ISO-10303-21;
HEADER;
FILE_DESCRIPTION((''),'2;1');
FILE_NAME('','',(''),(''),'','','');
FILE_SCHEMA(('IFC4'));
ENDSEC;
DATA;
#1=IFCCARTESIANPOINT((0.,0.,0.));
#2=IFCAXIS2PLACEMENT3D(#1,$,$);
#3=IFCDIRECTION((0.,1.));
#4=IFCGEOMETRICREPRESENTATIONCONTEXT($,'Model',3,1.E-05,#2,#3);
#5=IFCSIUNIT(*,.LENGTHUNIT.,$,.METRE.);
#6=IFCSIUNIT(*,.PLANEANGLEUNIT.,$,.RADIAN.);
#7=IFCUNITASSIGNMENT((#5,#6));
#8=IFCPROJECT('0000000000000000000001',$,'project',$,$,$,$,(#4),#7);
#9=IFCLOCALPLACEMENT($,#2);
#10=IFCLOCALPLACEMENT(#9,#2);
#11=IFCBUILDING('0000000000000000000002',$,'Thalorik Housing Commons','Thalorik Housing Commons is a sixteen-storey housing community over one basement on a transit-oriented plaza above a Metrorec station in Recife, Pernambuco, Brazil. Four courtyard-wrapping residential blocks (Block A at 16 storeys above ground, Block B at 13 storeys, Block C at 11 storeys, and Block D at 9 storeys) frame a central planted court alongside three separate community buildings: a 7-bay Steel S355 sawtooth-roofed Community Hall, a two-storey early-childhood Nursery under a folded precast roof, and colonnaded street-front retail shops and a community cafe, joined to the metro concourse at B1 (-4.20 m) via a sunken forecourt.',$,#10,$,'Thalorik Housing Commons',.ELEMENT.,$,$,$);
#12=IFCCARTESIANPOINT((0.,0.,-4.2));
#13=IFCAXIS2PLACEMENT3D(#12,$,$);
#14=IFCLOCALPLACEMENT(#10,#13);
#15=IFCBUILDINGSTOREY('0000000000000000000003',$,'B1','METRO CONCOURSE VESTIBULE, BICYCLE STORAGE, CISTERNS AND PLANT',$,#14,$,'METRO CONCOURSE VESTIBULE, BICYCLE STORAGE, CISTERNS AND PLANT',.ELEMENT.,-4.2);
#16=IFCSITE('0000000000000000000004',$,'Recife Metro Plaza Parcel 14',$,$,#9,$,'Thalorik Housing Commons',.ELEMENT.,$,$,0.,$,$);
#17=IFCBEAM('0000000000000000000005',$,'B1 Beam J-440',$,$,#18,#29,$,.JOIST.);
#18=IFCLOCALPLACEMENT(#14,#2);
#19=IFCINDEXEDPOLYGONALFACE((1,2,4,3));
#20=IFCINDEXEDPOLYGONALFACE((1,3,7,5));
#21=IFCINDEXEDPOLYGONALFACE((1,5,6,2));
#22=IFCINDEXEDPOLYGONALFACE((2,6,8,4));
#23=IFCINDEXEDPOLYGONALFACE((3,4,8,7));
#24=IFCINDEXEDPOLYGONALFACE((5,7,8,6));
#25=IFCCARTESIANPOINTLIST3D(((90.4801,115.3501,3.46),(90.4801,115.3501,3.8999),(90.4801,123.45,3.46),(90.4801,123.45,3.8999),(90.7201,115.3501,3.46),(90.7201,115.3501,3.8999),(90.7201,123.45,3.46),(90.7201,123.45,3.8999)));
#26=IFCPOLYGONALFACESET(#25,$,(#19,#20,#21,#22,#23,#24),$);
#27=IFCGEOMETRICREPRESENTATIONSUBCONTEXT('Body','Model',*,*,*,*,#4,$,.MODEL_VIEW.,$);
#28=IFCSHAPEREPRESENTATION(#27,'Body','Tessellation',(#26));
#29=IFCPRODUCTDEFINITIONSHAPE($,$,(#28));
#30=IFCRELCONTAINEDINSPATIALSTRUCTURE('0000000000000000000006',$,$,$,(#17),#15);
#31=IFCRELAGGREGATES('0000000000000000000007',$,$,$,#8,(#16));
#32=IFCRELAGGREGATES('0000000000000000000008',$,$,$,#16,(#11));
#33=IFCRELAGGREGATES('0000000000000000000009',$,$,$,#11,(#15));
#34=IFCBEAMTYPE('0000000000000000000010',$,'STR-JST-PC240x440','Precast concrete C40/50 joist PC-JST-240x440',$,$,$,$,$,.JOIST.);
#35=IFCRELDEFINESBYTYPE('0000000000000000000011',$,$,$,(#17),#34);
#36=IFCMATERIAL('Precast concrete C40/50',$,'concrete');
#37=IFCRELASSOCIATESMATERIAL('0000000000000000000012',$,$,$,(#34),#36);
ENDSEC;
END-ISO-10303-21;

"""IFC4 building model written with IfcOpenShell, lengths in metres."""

from ifc_helpers import new_model, si_unit, direction, frame, origin, origin_2d, place, context, subcontext, project, spatial, rectangle, extrude, material, material_profile, profile_set, type_object, element, save


model = new_model("IFC4")

# Units and contexts
model_context = context("Model", 3, precision=1e-05, world=origin(), true_north=direction((0.0, 1.0)))
body_context = subcontext(model_context, "Body", "Model", "MODEL_VIEW")
ifc_project = project(units=[si_unit("LENGTHUNIT", "METRE"), si_unit("PLANEANGLEUNIT", "RADIAN")], contexts=[model_context])

# Site, building, storey
site_placement = place(None, origin())
site = spatial("IfcSite", under=ifc_project, at=site_placement, Name="Recife Metro Plaza Parcel 14", LongName="Thalorik Housing Commons", CompositionType="ELEMENT", RefElevation=0.0)
building_placement = place(site_placement, origin())
building = spatial("IfcBuilding", under=site, at=building_placement, Name="Thalorik Housing Commons", Description="Thalorik Housing Commons is a sixteen-storey housing community over one basement on a transit-oriented plaza above a Metrorec station in Recife, Pernambuco, Brazil. Four courtyard-wrapping residential blocks (Block A at 16 storeys above ground, Block B at 13 storeys, Block C at 11 storeys, and Block D at 9 storeys) frame a central planted court alongside three separate community buildings: a 7-bay Steel S355 sawtooth-roofed Community Hall, a two-storey early-childhood Nursery under a folded precast roof, and colonnaded street-front retail shops and a community cafe, joined to the metro concourse at B1 (-4.20 m) via a sunken forecourt.", LongName="Thalorik Housing Commons", CompositionType="ELEMENT")
storey_placement = place(building_placement, frame((0.0, 0.0, -4.2)))
storey = spatial("IfcBuildingStorey", under=building, at=storey_placement, Name="B1", Description="METRO CONCOURSE VESTIBULE, BICYCLE STORAGE, CISTERNS AND PLANT", LongName="METRO CONCOURSE VESTIBULE, BICYCLE STORAGE, CISTERNS AND PLANT", CompositionType="ELEMENT", Elevation=-4.2)

# Shared definitions
ifc_material_1 = material(Name="Precast concrete C40/50", Category="concrete")

# Beam
ifc_material_profile_1 = material_profile(ifc_material_1, rectangle(XDim=0.24, YDim=0.4399, at=origin_2d()), Name="PC JST 240x440", Category="concrete")
ifc_profile_set_1 = profile_set([ifc_material_profile_1], Name="Precast concrete C40/50")
beam_type_1 = type_object("IfcBeamType", Name="STR-JST-PC240x440", Description="Precast concrete C40/50 joist PC-JST-240x440", PredefinedType="JOIST", material=ifc_profile_set_1)
beam_1_placement = place(storey_placement, frame((90.6001, 115.3501, 3.6799), z_axis=(0.0, 1.0, 0.0), x_axis=(-1.0, 0.0, 0.0)))
element("IfcBeam", 1, at=beam_1_placement, inside=storey, type_object=beam_type_1, Name="B1 Beam J-440", PredefinedType="JOIST", context=body_context, shape_type="SweptSolid", body=[
    extrude(rectangle(XDim=0.24, YDim=0.4399, at=origin_2d()), origin(), (0.0, 0.0, 1.0), 8.0999),
])

save(model, "model.ifc")
